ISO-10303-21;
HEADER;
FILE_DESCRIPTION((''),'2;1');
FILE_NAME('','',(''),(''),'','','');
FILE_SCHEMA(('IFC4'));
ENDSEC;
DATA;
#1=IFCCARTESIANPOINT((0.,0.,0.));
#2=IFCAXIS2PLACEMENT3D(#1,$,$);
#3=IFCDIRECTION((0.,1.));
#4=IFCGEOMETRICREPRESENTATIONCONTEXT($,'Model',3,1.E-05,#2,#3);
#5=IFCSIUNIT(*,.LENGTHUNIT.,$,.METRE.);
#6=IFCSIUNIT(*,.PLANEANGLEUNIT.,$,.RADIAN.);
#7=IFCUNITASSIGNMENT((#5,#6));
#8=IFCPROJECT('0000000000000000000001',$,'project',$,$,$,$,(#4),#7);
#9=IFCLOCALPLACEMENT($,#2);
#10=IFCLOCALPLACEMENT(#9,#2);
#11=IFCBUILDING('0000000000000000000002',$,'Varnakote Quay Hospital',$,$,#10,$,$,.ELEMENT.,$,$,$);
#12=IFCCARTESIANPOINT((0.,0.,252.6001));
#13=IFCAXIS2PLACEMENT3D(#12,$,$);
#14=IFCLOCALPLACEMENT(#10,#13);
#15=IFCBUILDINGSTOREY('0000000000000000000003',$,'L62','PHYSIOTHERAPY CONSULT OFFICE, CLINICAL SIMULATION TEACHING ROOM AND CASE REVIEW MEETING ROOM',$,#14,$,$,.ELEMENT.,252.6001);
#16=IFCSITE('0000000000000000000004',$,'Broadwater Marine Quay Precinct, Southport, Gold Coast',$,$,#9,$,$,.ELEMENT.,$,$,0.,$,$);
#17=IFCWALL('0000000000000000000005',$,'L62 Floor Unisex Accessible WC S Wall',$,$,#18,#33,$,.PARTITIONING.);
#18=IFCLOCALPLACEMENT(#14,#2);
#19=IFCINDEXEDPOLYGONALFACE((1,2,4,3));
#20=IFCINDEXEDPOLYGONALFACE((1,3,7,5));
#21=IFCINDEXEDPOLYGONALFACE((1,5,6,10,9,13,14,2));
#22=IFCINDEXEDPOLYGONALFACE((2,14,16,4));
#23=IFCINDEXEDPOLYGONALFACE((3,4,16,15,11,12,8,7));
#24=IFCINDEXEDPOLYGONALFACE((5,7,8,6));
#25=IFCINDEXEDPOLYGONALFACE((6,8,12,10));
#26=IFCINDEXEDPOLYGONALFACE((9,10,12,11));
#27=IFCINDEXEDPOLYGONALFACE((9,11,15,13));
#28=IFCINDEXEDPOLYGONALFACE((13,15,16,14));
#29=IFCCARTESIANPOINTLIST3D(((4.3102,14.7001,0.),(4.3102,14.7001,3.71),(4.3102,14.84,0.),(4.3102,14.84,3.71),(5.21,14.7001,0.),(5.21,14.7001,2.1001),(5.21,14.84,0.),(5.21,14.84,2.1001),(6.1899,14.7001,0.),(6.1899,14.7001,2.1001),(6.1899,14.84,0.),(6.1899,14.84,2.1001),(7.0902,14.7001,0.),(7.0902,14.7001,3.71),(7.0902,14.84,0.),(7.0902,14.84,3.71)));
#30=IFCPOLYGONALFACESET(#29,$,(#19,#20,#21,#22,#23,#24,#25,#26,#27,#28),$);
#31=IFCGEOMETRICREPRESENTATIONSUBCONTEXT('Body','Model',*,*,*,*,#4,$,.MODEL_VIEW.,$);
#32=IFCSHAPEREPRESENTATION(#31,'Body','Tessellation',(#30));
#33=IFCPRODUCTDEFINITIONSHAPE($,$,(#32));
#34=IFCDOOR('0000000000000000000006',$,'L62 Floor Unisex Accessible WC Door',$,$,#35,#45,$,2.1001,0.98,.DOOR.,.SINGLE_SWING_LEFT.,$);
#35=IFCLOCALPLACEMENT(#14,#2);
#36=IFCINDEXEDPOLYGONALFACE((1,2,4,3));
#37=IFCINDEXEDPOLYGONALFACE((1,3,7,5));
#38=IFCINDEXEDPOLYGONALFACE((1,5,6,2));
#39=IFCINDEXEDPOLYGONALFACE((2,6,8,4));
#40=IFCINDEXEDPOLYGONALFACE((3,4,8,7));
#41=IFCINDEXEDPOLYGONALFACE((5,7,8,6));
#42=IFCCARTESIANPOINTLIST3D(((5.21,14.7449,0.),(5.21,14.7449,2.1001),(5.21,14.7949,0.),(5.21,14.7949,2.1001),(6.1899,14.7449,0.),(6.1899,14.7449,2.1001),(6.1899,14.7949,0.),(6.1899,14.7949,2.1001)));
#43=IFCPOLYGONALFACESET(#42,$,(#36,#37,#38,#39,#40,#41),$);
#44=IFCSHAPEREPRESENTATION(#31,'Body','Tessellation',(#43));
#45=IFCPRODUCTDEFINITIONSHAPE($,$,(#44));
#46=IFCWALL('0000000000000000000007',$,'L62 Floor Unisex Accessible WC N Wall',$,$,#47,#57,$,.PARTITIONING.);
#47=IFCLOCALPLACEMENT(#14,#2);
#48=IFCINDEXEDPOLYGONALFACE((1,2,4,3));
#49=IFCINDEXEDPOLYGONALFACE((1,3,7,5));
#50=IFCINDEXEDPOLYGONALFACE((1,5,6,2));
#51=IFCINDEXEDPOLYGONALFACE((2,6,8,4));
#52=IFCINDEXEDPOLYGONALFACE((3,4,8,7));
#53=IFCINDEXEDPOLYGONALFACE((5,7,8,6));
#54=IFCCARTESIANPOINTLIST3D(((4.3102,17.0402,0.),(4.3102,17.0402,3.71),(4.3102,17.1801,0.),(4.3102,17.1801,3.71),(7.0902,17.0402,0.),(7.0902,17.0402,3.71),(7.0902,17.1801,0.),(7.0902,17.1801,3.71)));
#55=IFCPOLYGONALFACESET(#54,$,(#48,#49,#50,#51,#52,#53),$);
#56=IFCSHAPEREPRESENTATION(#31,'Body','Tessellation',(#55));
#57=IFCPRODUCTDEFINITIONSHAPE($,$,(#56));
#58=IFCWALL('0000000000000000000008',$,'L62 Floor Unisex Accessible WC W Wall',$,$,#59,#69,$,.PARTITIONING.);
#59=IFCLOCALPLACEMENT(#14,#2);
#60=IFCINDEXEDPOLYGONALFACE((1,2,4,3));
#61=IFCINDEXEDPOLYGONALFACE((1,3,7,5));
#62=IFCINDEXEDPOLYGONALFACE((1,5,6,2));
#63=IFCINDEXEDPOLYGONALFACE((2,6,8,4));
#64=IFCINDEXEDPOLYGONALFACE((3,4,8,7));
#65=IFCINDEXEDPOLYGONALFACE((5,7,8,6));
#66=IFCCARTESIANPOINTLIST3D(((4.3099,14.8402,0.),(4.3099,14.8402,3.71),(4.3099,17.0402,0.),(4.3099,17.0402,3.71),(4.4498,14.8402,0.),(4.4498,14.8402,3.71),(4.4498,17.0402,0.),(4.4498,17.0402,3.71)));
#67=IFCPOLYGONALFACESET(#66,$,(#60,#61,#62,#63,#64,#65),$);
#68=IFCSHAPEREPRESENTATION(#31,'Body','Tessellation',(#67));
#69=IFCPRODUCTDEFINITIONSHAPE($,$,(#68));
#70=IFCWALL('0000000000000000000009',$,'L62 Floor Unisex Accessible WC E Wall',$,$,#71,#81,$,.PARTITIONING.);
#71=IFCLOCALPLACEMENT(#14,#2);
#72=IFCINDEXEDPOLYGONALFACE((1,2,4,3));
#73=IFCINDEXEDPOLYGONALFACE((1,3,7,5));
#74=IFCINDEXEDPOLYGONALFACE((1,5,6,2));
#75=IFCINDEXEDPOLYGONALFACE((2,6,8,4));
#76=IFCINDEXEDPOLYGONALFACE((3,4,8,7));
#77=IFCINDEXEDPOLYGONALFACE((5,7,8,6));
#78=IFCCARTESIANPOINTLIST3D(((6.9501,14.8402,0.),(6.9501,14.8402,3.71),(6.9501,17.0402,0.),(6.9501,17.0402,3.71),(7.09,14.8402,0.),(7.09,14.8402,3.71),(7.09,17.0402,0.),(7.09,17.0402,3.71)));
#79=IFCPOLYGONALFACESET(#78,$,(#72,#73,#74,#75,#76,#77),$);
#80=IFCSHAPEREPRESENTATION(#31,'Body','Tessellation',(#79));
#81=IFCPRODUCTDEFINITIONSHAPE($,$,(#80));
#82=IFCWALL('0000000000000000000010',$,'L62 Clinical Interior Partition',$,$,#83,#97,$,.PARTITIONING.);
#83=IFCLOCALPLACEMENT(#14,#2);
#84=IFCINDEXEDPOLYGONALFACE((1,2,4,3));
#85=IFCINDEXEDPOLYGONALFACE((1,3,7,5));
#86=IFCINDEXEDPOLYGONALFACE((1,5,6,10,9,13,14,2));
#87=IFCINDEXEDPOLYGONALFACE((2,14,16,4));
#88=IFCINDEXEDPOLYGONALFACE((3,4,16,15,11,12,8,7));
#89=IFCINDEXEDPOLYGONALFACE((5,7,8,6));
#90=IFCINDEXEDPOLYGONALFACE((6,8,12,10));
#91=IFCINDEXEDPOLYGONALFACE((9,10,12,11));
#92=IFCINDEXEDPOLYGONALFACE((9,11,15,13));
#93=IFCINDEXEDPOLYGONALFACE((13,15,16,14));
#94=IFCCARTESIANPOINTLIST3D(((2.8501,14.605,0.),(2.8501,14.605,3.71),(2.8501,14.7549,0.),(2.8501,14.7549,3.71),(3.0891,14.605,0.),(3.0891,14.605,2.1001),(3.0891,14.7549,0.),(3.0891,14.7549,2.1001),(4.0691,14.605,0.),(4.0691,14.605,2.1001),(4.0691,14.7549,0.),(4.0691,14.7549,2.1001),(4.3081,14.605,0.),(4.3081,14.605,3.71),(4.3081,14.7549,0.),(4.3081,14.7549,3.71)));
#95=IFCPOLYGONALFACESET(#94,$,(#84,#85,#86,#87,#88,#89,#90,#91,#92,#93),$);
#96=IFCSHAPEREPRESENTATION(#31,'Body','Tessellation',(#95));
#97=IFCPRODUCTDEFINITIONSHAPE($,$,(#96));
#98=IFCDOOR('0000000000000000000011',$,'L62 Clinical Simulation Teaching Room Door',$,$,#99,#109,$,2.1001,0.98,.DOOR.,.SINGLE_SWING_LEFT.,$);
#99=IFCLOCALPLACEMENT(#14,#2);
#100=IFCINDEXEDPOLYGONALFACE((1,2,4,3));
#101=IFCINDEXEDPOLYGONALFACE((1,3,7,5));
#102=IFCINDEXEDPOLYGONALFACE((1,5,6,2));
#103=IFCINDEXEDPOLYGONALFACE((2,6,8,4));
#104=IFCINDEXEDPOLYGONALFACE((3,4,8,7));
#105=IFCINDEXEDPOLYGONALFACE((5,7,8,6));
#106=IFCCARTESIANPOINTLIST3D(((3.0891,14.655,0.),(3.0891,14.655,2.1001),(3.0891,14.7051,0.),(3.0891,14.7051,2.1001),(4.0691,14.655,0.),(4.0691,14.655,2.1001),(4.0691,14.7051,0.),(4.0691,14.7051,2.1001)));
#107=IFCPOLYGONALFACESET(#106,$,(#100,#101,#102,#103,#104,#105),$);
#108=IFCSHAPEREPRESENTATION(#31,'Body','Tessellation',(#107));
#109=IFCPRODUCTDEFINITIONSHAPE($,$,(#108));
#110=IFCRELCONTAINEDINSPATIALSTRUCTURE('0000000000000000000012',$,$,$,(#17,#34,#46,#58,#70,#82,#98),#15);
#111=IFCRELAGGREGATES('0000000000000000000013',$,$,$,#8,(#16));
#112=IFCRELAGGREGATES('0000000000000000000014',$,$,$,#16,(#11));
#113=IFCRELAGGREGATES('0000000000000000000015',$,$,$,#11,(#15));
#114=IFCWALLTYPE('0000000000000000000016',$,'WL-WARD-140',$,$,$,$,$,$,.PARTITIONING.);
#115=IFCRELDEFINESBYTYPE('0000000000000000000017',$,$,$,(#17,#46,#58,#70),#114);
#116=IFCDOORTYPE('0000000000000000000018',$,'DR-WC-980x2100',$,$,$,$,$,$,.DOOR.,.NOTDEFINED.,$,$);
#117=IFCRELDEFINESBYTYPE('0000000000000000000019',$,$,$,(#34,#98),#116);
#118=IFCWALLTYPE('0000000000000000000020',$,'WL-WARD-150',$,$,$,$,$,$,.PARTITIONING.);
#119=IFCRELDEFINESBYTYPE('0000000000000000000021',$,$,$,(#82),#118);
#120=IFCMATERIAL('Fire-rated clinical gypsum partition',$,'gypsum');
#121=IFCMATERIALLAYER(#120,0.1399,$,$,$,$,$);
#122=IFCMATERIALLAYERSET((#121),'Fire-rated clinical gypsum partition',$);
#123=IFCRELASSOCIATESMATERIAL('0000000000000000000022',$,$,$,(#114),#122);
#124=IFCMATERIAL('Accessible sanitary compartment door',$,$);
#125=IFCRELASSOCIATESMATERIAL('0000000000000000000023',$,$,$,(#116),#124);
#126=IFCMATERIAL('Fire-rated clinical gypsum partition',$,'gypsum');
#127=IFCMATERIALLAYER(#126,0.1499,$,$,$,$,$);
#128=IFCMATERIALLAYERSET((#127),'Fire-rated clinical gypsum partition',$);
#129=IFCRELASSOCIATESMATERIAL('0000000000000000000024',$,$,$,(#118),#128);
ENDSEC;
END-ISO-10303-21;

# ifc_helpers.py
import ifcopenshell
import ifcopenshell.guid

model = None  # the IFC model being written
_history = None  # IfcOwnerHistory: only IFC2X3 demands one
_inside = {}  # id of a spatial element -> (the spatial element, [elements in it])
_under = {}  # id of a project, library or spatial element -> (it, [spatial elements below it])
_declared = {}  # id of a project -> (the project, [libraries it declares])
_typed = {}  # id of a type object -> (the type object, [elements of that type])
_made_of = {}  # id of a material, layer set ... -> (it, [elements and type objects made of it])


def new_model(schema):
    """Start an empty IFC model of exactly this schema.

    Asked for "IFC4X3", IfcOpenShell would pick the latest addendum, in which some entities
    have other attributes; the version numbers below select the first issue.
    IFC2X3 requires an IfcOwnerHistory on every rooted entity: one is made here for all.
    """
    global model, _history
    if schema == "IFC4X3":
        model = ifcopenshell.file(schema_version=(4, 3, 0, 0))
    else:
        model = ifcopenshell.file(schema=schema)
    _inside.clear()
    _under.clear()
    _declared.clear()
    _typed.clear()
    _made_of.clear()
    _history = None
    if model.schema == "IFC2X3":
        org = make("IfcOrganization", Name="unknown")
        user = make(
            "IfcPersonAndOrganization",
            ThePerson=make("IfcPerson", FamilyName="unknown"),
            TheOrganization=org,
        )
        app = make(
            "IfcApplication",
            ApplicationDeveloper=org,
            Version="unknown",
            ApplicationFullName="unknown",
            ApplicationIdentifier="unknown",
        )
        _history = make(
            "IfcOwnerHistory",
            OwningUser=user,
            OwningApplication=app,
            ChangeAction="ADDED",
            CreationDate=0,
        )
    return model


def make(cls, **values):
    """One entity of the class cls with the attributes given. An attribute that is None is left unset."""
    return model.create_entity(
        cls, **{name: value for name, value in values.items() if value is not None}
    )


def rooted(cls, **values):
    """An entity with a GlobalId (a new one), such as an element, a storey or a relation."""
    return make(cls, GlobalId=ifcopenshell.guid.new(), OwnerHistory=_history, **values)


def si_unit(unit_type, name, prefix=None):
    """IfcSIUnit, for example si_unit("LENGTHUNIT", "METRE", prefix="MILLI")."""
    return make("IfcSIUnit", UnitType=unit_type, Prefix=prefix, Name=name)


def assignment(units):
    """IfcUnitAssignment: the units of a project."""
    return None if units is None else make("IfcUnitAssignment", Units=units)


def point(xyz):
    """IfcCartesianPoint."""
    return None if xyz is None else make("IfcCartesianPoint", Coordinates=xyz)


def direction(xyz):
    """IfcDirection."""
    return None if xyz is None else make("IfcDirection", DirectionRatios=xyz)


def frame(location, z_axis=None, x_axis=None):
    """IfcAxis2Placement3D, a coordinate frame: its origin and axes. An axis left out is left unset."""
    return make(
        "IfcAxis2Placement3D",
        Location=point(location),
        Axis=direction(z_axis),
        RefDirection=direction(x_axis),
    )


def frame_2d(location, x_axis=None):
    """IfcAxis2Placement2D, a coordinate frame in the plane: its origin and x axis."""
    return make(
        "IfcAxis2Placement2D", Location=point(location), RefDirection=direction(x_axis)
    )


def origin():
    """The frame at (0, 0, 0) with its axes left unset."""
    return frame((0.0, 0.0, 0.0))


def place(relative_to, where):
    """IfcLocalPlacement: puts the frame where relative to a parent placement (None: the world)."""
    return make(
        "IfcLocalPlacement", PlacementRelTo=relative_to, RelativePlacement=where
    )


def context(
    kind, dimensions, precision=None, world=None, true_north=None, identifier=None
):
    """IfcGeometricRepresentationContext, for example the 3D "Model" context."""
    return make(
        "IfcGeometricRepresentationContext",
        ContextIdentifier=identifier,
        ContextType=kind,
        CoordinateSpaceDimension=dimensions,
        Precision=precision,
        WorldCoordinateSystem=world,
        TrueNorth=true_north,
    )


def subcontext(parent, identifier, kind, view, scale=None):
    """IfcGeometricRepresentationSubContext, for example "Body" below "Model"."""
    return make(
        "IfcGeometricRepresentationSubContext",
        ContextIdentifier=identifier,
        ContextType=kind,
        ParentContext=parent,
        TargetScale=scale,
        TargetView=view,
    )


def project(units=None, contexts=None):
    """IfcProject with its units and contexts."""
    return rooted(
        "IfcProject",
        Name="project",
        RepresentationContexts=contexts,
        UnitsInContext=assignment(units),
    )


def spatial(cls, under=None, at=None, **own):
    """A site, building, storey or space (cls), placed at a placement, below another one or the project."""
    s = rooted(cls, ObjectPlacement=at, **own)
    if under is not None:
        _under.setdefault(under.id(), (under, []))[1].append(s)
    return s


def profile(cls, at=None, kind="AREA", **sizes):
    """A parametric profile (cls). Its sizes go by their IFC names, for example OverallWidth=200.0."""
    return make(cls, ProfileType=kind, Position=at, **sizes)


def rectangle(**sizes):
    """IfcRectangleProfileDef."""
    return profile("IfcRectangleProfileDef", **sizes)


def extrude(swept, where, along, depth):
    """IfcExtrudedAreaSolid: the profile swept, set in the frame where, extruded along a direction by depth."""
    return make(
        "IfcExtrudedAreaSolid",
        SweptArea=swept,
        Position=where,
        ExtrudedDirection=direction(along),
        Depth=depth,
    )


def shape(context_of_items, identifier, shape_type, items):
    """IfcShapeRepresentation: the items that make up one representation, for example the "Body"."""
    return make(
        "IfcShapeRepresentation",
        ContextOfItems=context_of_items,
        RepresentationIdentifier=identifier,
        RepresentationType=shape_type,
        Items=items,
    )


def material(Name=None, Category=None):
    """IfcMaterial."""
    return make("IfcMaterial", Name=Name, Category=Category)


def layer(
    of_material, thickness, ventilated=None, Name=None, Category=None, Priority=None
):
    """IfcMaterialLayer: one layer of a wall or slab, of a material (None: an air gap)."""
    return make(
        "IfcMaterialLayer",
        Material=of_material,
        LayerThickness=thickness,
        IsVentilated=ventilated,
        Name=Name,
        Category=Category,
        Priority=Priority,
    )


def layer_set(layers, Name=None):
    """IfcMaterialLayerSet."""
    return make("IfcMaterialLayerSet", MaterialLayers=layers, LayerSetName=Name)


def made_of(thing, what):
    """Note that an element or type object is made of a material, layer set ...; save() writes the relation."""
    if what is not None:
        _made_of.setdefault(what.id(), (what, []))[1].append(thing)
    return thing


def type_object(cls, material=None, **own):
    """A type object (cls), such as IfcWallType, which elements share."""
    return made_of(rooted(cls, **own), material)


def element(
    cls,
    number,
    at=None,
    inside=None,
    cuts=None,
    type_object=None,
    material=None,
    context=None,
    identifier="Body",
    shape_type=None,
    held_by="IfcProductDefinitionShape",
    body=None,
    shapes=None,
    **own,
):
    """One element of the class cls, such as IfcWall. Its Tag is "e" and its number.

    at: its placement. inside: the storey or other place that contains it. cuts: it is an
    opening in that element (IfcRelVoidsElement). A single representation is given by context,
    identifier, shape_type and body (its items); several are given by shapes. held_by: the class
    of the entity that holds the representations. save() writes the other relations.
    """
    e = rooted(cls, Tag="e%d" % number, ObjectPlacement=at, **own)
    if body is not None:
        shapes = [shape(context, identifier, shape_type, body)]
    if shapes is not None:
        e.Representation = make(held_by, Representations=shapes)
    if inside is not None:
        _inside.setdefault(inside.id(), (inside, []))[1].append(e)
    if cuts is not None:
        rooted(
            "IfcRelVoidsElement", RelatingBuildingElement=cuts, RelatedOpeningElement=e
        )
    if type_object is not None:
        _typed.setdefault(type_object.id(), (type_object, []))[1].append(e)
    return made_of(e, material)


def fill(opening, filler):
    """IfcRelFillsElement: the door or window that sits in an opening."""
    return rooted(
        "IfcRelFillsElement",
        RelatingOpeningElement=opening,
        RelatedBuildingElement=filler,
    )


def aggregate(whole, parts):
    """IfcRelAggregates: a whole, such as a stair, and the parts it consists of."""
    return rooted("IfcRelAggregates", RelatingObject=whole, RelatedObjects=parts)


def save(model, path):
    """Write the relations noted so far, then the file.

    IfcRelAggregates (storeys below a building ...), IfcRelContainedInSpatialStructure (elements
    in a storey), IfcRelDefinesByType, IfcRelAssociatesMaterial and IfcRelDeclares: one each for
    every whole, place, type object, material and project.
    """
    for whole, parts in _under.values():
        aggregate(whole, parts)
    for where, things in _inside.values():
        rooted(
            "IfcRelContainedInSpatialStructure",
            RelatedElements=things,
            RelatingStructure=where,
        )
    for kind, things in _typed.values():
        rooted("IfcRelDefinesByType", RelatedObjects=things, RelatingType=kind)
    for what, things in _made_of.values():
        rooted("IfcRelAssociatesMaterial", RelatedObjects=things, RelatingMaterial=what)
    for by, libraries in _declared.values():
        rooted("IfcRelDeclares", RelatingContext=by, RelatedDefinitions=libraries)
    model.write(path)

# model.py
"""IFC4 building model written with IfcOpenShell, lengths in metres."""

from ifc_helpers import new_model, si_unit, direction, frame, frame_2d, origin, place, context, subcontext, project, spatial, rectangle, extrude, material, layer, layer_set, type_object, element, fill, save


model = new_model("IFC4")

# Units and contexts
model_context = context("Model", 3, precision=1e-05, world=origin(), true_north=direction((0.0, 1.0)))
body_context = subcontext(model_context, "Body", "Model", "MODEL_VIEW")
ifc_project = project(units=[si_unit("LENGTHUNIT", "METRE"), si_unit("PLANEANGLEUNIT", "RADIAN")], contexts=[model_context])

# Site, building, storey
site_placement = place(None, origin())
site = spatial("IfcSite", under=ifc_project, at=site_placement, Name="Broadwater Marine Quay Precinct, Southport, Gold Coast", CompositionType="ELEMENT", RefElevation=0.0)
building_placement = place(site_placement, origin())
building = spatial("IfcBuilding", under=site, at=building_placement, Name="Varnakote Quay Hospital", CompositionType="ELEMENT")
storey_placement = place(building_placement, frame((0.0, 0.0, 252.6001)))
storey = spatial("IfcBuildingStorey", under=building, at=storey_placement, Name="L62", Description="PHYSIOTHERAPY CONSULT OFFICE, CLINICAL SIMULATION TEACHING ROOM AND CASE REVIEW MEETING ROOM", CompositionType="ELEMENT", Elevation=252.6001)

# Wall, opening, door
ifc_material_1 = material(Name="Fire-rated clinical gypsum partition", Category="gypsum")
ifc_layer_1 = layer(ifc_material_1, 0.1399)
ifc_layer_set_1 = layer_set([ifc_layer_1], Name="Fire-rated clinical gypsum partition")
wall_type_1 = type_object("IfcWallType", Name="WL-WARD-140", PredefinedType="PARTITIONING", material=ifc_layer_set_1)
wall_1_placement = place(storey_placement, frame((4.3101, 14.77, 0.0), z_axis=(0.0, 0.0, 1.0), x_axis=(1.0, 0.0, 0.0)))
wall_1 = element("IfcWall", 1, at=wall_1_placement, inside=storey, type_object=wall_type_1, Name="L62 Floor Unisex Accessible WC S Wall", PredefinedType="PARTITIONING", context=body_context, shape_type="SweptSolid", body=[
    extrude(rectangle(XDim=2.78, YDim=0.1399, at=frame_2d((1.3901, 0.0))), origin(), (0.0, 0.0, 1.0), 3.71),
])
opening_1_placement = place(wall_1_placement, frame((0.8999, 0.0, 0.0)))
opening_1 = element("IfcOpeningElement", 2, at=opening_1_placement, cuts=wall_1, PredefinedType="OPENING", context=body_context, shape_type="SweptSolid", body=[
    extrude(rectangle(XDim=0.98, YDim=2.1001, at=frame_2d((0.49, 1.05))), frame((0.0, 0.0798, 0.0), z_axis=(0.0, -1.0, 0.0), x_axis=(1.0, 0.0, 0.0)), (0.0, 0.0, 1.0), 0.1599),
])
ifc_material_2 = material(Name="Accessible sanitary compartment door")
door_type_1 = type_object("IfcDoorType", Name="DR-WC-980x2100", OperationType="NOTDEFINED", PredefinedType="DOOR", material=ifc_material_2)
door_1_placement = place(opening_1_placement, origin())
door_1 = element("IfcDoor", 3, at=door_1_placement, inside=storey, type_object=door_type_1, Name="L62 Floor Unisex Accessible WC Door", OperationType="SINGLE_SWING_LEFT", OverallHeight=2.1001, OverallWidth=0.98, PredefinedType="DOOR", context=body_context, shape_type="SweptSolid", body=[
    extrude(rectangle(XDim=0.98, YDim=2.1001, at=frame_2d((0.49, 1.05))), frame((0.0, 0.0249, 0.0), z_axis=(0.0, -1.0, 0.0), x_axis=(1.0, 0.0, 0.0)), (0.0, 0.0, 1.0), 0.05),
])
fill(opening_1, door_1)

# Walls
wall_2_placement = place(storey_placement, frame((4.3101, 17.1101, 0.0), z_axis=(0.0, 0.0, 1.0), x_axis=(1.0, 0.0, 0.0)))
element("IfcWall", 4, at=wall_2_placement, inside=storey, type_object=wall_type_1, Name="L62 Floor Unisex Accessible WC N Wall", PredefinedType="PARTITIONING", context=body_context, shape_type="SweptSolid", body=[
    extrude(rectangle(XDim=2.78, YDim=0.1399, at=frame_2d((1.3901, 0.0))), origin(), (0.0, 0.0, 1.0), 3.71),
])
for number, where, z_axis, x_axis, name in (
    (5, (4.3799, 14.8401, 0.0), (0.0, 0.0, 1.0), (0.0, 1.0, 0.0), "L62 Floor Unisex Accessible WC W Wall"),
    (6, (7.02, 14.8401, 0.0), (0.0, 0.0, 1.0), (0.0, 1.0, 0.0), "L62 Floor Unisex Accessible WC E Wall"),
):
    element("IfcWall", number, at=place(storey_placement, frame(where, z_axis=z_axis, x_axis=x_axis)), inside=storey, type_object=wall_type_1, Name=name, PredefinedType="PARTITIONING", context=body_context, shape_type="SweptSolid", body=[
        extrude(rectangle(XDim=2.2, YDim=0.1399, at=frame_2d((1.1001, 0.0))), origin(), (0.0, 0.0, 1.0), 3.71),
    ])

# Wall, opening, door
ifc_material_3 = material(Name="Fire-rated clinical gypsum partition", Category="gypsum")
ifc_layer_2 = layer(ifc_material_3, 0.1499)
ifc_layer_set_2 = layer_set([ifc_layer_2], Name="Fire-rated clinical gypsum partition")
wall_type_2 = type_object("IfcWallType", Name="WL-WARD-150", PredefinedType="PARTITIONING", material=ifc_layer_set_2)
wall_3_placement = place(storey_placement, frame((4.3081, 14.6799, 0.0), z_axis=(0.0, 0.0, 1.0), x_axis=(-1.0, 0.0, 0.0)))
wall_3 = element("IfcWall", 7, at=wall_3_placement, inside=storey, type_object=wall_type_2, Name="L62 Clinical Interior Partition", PredefinedType="PARTITIONING", context=body_context, shape_type="SweptSolid", body=[
    extrude(rectangle(XDim=1.458, YDim=0.1499, at=frame_2d((0.729, 0.0))), origin(), (0.0, 0.0, 1.0), 3.71),
])
opening_2_placement = place(wall_3_placement, frame((0.239, 0.0, 0.0)))
opening_2 = element("IfcOpeningElement", 8, at=opening_2_placement, cuts=wall_3, PredefinedType="OPENING", context=body_context, shape_type="SweptSolid", body=[
    extrude(rectangle(XDim=0.98, YDim=2.1001, at=frame_2d((0.49, 1.05))), frame((0.0, 0.085, 0.0), z_axis=(0.0, -1.0, 0.0), x_axis=(1.0, 0.0, 0.0)), (0.0, 0.0, 1.0), 0.1699),
])
door_2_placement = place(opening_2_placement, origin())
door_2 = element("IfcDoor", 9, at=door_2_placement, inside=storey, type_object=door_type_1, Name="L62 Clinical Simulation Teaching Room Door", OperationType="SINGLE_SWING_LEFT", OverallHeight=2.1001, OverallWidth=0.98, PredefinedType="DOOR", context=body_context, shape_type="SweptSolid", body=[
    extrude(rectangle(XDim=0.98, YDim=2.1001, at=frame_2d((0.49, 1.05))), frame((0.0, 0.0249, 0.0), z_axis=(0.0, -1.0, 0.0), x_axis=(1.0, 0.0, 0.0)), (0.0, 0.0, 1.0), 0.05),
])
fill(opening_2, door_2)

save(model, "model.ifc")
